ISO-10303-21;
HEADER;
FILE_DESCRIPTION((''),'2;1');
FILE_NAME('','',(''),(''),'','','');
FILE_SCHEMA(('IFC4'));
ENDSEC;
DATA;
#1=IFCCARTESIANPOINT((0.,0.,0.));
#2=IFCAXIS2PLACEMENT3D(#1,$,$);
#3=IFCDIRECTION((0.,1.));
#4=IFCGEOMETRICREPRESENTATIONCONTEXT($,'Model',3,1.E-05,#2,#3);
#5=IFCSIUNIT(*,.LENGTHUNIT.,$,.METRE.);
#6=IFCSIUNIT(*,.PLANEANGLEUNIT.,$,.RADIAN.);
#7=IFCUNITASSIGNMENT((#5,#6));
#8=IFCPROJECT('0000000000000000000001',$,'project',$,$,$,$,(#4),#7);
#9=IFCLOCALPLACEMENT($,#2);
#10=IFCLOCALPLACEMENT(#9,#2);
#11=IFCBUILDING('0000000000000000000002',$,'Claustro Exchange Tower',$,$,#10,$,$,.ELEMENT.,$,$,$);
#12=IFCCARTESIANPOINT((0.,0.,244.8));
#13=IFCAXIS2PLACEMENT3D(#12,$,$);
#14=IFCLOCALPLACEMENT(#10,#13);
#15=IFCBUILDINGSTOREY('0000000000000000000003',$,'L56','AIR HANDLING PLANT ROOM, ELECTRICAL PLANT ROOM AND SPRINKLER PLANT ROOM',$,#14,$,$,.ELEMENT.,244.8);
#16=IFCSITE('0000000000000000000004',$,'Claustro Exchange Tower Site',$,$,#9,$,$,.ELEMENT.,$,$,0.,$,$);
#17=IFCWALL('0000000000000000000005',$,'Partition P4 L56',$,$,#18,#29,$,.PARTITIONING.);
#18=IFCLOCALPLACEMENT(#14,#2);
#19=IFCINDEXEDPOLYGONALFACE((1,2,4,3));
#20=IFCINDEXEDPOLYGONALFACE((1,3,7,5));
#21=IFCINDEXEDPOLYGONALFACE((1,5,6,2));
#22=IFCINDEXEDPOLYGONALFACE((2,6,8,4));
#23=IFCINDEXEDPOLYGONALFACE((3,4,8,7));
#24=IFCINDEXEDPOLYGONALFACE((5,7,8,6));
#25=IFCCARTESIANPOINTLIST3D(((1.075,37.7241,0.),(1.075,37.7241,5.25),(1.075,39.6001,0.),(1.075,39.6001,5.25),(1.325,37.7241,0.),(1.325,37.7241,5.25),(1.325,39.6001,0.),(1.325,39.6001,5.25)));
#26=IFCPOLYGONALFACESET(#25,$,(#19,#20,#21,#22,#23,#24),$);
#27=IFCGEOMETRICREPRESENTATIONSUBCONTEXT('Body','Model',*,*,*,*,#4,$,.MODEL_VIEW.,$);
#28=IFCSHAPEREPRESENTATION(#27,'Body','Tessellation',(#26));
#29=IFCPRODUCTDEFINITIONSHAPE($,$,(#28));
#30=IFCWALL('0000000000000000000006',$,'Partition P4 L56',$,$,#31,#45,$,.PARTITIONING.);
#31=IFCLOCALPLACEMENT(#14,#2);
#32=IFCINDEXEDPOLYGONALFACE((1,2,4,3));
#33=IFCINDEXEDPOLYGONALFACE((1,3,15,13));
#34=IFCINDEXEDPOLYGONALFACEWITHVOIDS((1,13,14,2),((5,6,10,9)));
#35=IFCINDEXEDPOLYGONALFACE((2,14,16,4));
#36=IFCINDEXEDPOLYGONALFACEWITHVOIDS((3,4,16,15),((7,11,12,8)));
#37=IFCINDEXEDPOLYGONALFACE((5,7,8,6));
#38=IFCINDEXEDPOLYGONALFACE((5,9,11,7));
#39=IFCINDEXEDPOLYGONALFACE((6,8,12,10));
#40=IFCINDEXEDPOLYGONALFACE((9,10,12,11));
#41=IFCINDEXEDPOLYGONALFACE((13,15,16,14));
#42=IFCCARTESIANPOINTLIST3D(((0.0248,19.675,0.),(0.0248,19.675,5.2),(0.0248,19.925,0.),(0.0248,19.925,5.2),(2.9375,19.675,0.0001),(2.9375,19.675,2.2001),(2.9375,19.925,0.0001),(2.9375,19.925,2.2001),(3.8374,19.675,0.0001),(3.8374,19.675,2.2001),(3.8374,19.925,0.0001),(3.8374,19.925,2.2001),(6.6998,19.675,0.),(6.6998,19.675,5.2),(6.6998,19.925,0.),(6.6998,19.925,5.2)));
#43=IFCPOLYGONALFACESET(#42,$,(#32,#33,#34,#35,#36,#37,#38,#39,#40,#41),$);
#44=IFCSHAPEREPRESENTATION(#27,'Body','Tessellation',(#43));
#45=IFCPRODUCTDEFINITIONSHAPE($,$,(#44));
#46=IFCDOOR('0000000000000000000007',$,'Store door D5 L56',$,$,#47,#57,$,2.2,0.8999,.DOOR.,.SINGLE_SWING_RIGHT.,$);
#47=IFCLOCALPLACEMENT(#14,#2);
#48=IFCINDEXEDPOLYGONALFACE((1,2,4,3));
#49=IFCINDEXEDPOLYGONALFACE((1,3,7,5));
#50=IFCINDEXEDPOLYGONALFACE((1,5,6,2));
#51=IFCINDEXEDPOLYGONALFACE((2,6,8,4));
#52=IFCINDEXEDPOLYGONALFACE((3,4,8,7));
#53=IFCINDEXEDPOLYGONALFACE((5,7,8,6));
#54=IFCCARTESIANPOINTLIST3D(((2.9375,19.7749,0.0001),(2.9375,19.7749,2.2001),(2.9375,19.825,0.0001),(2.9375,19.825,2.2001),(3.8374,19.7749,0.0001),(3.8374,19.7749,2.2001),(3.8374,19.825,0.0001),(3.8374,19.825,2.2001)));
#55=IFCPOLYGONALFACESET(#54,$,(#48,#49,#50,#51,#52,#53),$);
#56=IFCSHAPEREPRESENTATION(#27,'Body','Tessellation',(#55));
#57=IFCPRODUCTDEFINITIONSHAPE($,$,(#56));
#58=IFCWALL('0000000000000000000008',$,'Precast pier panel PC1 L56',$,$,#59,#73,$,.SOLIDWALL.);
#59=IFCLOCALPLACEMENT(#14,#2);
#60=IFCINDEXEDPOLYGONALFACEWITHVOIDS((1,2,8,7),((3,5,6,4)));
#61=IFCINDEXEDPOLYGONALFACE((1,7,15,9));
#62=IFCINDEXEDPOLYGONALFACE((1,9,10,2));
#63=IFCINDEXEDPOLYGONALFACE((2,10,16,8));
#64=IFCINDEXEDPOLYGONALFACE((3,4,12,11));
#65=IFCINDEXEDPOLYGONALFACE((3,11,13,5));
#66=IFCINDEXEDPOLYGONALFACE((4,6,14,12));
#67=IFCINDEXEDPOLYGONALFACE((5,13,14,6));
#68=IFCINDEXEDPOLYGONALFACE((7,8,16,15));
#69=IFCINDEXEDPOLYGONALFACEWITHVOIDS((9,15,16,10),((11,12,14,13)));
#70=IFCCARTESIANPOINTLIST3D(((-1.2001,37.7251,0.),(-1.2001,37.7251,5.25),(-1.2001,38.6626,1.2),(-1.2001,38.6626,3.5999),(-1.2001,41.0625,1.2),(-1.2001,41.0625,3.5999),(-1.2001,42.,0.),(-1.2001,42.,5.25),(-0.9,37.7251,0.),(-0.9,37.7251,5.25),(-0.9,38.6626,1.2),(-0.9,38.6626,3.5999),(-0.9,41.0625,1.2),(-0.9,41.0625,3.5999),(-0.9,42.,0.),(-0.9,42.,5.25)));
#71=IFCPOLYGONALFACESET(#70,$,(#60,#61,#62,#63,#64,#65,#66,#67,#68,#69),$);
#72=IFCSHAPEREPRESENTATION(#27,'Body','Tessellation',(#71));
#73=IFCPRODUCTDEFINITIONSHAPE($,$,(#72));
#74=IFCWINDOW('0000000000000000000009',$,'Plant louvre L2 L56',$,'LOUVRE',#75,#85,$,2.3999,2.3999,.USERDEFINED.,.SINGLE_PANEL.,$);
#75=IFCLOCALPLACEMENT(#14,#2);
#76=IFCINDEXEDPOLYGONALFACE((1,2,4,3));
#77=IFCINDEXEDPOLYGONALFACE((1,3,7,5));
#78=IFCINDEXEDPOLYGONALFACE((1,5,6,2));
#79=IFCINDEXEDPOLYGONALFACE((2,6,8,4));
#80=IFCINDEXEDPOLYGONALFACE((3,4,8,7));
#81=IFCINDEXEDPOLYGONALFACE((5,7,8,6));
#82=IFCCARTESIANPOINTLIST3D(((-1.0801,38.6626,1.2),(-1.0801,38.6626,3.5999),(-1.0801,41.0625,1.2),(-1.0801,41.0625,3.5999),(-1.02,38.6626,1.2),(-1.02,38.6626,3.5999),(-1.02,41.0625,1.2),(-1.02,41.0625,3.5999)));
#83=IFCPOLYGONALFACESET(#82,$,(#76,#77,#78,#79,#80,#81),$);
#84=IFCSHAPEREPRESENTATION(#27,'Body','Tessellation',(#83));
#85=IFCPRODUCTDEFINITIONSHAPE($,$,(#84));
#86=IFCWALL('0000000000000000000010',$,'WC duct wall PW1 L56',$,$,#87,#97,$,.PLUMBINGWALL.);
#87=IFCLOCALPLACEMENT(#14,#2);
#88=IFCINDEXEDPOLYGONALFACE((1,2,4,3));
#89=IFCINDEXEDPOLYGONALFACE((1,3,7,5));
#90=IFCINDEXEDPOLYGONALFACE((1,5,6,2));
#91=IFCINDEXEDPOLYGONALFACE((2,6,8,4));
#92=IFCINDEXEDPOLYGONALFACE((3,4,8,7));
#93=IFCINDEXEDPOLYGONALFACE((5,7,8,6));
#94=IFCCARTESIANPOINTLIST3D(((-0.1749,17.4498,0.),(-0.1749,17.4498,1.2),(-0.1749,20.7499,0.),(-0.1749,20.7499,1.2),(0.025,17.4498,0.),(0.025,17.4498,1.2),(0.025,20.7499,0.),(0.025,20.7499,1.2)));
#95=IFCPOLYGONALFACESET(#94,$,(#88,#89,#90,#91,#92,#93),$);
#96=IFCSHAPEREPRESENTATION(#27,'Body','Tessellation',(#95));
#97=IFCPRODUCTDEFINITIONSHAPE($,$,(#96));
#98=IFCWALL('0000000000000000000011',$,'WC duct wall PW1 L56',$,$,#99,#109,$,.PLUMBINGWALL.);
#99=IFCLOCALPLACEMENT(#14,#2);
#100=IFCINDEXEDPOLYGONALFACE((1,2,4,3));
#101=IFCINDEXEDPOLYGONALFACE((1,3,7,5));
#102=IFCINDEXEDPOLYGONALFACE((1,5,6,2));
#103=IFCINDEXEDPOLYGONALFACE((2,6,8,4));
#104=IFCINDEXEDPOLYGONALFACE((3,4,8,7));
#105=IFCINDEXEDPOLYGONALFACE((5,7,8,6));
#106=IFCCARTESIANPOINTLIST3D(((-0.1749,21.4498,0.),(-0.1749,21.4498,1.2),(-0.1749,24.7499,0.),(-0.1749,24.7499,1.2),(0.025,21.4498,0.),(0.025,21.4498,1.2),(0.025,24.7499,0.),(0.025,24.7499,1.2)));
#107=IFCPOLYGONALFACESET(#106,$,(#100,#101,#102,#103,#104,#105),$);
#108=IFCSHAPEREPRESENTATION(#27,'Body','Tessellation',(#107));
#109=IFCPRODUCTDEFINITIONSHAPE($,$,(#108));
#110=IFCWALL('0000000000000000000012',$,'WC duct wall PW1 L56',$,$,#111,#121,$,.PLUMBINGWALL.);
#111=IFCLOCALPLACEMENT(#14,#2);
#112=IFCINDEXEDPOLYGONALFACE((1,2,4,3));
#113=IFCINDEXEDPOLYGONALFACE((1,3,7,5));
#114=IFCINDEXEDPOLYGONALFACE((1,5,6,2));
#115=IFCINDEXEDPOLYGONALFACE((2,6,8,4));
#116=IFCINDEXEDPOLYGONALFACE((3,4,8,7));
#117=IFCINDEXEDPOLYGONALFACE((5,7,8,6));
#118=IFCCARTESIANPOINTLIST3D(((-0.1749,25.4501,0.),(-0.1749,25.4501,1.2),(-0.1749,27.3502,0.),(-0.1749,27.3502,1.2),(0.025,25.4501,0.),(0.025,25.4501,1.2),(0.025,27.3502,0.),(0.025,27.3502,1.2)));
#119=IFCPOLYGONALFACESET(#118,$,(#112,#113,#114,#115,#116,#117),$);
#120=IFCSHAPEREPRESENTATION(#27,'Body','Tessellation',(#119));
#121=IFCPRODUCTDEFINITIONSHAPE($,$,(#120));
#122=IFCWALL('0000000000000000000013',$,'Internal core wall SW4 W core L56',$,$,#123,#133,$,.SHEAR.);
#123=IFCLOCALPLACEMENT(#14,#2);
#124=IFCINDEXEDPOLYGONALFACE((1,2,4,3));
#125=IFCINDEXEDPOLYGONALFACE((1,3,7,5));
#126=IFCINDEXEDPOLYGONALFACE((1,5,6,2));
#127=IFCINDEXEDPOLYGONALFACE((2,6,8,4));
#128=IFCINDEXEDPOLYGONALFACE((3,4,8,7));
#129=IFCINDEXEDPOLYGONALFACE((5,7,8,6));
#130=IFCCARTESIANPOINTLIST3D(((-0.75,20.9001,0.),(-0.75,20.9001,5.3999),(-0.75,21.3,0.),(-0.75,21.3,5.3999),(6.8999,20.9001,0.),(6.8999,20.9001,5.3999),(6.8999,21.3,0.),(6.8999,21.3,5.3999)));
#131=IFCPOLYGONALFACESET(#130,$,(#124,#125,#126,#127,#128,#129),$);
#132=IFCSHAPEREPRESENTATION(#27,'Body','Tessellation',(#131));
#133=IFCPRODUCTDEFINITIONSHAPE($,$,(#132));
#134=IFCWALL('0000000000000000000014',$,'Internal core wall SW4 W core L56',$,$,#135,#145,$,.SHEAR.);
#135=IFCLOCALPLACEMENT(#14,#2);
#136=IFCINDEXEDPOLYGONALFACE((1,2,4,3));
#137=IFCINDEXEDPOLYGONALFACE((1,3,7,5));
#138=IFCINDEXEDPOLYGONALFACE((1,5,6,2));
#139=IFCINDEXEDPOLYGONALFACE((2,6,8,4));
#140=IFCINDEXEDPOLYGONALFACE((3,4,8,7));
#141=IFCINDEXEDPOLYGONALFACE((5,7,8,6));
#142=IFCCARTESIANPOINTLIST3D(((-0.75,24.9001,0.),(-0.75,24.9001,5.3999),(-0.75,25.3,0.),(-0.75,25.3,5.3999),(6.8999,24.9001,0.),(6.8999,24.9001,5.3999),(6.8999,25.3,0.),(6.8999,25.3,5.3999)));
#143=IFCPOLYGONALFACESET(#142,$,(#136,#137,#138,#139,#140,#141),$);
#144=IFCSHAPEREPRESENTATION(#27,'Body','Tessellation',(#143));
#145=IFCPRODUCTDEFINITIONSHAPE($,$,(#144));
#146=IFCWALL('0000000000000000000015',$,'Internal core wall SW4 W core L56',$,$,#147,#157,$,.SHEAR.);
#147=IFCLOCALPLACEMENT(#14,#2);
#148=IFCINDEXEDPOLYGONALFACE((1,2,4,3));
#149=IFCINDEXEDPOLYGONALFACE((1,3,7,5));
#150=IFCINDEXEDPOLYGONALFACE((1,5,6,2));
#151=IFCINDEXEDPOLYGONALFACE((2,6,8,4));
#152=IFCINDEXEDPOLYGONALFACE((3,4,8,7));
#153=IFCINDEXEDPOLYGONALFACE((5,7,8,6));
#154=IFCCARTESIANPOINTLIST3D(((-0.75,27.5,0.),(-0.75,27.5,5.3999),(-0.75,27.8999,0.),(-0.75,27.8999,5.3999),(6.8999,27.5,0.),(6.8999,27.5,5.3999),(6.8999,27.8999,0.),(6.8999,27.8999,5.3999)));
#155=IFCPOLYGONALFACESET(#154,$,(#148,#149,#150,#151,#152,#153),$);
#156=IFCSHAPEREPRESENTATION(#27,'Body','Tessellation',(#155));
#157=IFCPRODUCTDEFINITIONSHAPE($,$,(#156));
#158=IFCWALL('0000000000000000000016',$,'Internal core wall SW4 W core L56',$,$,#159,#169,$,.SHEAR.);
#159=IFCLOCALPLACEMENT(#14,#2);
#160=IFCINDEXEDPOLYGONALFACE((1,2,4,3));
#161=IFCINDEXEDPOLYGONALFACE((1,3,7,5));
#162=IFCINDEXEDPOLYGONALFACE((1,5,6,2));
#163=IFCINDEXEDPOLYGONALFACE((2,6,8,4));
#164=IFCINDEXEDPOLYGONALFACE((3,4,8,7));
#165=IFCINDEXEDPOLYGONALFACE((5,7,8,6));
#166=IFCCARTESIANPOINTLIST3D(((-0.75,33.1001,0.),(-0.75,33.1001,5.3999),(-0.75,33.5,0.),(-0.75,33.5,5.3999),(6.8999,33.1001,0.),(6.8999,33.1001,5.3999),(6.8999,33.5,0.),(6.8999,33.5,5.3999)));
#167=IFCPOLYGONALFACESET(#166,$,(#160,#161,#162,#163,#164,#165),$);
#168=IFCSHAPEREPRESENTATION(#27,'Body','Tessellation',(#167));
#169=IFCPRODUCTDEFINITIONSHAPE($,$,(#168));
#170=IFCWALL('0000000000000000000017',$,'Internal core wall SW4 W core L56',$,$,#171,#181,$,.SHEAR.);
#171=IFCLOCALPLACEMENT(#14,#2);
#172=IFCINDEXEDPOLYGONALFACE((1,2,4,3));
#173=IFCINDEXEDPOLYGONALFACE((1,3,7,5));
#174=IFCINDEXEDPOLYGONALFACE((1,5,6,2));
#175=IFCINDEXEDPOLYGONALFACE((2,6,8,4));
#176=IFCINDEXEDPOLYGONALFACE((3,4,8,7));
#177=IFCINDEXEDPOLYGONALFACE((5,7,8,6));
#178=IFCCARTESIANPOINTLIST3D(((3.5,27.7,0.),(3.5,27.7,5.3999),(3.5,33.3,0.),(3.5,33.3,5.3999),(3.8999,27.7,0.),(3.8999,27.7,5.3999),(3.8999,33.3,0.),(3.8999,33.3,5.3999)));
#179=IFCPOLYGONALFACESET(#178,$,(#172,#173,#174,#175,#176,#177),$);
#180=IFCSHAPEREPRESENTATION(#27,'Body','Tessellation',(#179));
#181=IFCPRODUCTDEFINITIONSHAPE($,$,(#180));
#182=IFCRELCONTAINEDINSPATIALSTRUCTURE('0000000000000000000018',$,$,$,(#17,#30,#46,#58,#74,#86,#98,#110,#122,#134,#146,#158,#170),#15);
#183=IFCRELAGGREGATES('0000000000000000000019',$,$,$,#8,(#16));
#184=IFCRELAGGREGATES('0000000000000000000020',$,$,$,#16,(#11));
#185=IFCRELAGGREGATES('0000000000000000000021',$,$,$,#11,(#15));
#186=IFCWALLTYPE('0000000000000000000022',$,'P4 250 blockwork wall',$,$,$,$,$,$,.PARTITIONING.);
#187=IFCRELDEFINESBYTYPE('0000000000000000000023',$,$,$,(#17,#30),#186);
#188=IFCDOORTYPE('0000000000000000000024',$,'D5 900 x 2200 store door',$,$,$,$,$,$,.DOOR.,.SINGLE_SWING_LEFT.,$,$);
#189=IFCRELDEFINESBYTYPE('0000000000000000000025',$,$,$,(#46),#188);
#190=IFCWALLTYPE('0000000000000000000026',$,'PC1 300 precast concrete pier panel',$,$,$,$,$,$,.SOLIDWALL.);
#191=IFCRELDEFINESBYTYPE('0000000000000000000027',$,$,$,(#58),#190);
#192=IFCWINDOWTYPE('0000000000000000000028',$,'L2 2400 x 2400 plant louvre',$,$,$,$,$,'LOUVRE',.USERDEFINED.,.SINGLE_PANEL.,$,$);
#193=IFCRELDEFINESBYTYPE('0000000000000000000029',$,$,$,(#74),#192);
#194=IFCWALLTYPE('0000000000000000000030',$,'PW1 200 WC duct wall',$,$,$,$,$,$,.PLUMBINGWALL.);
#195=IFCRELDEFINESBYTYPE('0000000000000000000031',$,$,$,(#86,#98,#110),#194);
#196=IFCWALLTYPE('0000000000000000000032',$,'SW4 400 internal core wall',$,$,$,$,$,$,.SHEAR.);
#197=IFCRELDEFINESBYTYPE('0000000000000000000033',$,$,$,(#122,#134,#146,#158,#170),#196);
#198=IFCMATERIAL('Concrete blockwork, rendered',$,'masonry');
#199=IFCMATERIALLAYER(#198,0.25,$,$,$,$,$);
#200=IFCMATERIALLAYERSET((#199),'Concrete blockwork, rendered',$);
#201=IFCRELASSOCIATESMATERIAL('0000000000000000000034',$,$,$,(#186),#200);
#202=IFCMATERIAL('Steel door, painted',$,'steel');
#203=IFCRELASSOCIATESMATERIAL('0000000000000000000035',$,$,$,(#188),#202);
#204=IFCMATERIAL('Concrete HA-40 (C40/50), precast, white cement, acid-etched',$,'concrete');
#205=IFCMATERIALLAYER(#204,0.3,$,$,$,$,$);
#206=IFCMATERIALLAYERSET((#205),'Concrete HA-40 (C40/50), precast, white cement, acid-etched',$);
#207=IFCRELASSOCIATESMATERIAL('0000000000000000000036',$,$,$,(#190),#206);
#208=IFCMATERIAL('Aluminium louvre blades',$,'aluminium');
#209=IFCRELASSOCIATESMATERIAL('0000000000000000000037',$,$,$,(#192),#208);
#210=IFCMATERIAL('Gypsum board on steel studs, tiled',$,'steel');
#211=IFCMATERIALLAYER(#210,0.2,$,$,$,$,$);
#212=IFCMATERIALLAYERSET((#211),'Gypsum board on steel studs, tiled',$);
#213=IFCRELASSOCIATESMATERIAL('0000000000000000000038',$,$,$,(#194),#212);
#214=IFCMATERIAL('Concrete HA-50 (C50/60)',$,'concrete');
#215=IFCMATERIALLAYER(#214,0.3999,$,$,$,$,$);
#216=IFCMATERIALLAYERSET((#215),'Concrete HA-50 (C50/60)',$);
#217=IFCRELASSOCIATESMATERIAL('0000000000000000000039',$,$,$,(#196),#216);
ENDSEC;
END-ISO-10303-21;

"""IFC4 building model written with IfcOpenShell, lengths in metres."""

from ifc_helpers import new_model, si_unit, direction, frame, frame_2d, origin, place, context, subcontext, project, spatial, rectangle, extrude, material, layer, layer_set, type_object, element, fill, save


model = new_model("IFC4")

# Units and contexts
model_context = context("Model", 3, precision=1e-05, world=origin(), true_north=direction((0.0, 1.0)))
body_context = subcontext(model_context, "Body", "Model", "MODEL_VIEW")
ifc_project = project(units=[si_unit("LENGTHUNIT", "METRE"), si_unit("PLANEANGLEUNIT", "RADIAN")], contexts=[model_context])

# Site, building, storey
site_placement = place(None, origin())
site = spatial("IfcSite", under=ifc_project, at=site_placement, Name="Claustro Exchange Tower Site", CompositionType="ELEMENT", RefElevation=0.0)
building_placement = place(site_placement, origin())
building = spatial("IfcBuilding", under=site, at=building_placement, Name="Claustro Exchange Tower", CompositionType="ELEMENT")
storey_placement = place(building_placement, frame((0.0, 0.0, 244.8)))
storey = spatial("IfcBuildingStorey", under=building, at=storey_placement, Name="L56", Description="AIR HANDLING PLANT ROOM, ELECTRICAL PLANT ROOM AND SPRINKLER PLANT ROOM", CompositionType="ELEMENT", Elevation=244.8)

# Wall
ifc_material_1 = material(Name="Concrete blockwork, rendered", Category="masonry")
ifc_layer_1 = layer(ifc_material_1, 0.25)
ifc_layer_set_1 = layer_set([ifc_layer_1], Name="Concrete blockwork, rendered")
wall_type_1 = type_object("IfcWallType", Name="P4 250 blockwork wall", PredefinedType="PARTITIONING", material=ifc_layer_set_1)
wall_1_placement = place(storey_placement, frame((1.2, 37.7241, 0.0), z_axis=(0.0, 0.0, 1.0), x_axis=(0.0, 1.0, 0.0)))
element("IfcWall", 1, at=wall_1_placement, inside=storey, type_object=wall_type_1, Name="Partition P4 L56", PredefinedType="PARTITIONING", context=body_context, shape_type="SweptSolid", body=[
    extrude(rectangle(XDim=1.876, YDim=0.25, at=frame_2d((0.938, 0.0))), origin(), (0.0, 0.0, 1.0), 5.25),
])

# Wall, opening, door
wall_2_placement = place(storey_placement, frame((0.0249, 19.8, 0.0), z_axis=(0.0, 0.0, 1.0), x_axis=(1.0, 0.0, 0.0)))
wall_2 = element("IfcWall", 2, at=wall_2_placement, inside=storey, type_object=wall_type_1, Name="Partition P4 L56", PredefinedType="PARTITIONING", context=body_context, shape_type="SweptSolid", body=[
    extrude(rectangle(XDim=6.675, YDim=0.25, at=frame_2d((3.3374, 0.0))), origin(), (0.0, 0.0, 1.0), 5.2),
])
opening_1_placement = place(wall_2_placement, frame((2.9126, 0.0, 0.0)))
opening_1 = element("IfcOpeningElement", 3, at=opening_1_placement, cuts=wall_2, PredefinedType="OPENING", context=body_context, shape_type="SweptSolid", body=[
    extrude(rectangle(XDim=0.8999, YDim=2.2, at=frame_2d((0.45, 1.1001))), frame((0.0, 0.135, 0.0), z_axis=(0.0, -1.0, 0.0), x_axis=(1.0, 0.0, 0.0)), (0.0, 0.0, 1.0), 0.27),
])
ifc_material_2 = material(Name="Steel door, painted", Category="steel")
door_type_1 = type_object("IfcDoorType", Name="D5 900 x 2200 store door", OperationType="SINGLE_SWING_LEFT", PredefinedType="DOOR", material=ifc_material_2)
door_1_placement = place(opening_1_placement, origin())
door_1 = element("IfcDoor", 4, at=door_1_placement, inside=storey, type_object=door_type_1, Name="Store door D5 L56", OperationType="SINGLE_SWING_RIGHT", OverallHeight=2.2, OverallWidth=0.8999, PredefinedType="DOOR", context=body_context, shape_type="SweptSolid", body=[
    extrude(rectangle(XDim=0.8999, YDim=2.2, at=frame_2d((0.45, 1.1001))), frame((0.0, 0.0249, 0.0), z_axis=(0.0, -1.0, 0.0), x_axis=(1.0, 0.0, 0.0)), (0.0, 0.0, 1.0), 0.05),
])
fill(opening_1, door_1)

# Wall, opening, window
ifc_material_3 = material(Name="Concrete HA-40 (C40/50), precast, white cement, acid-etched", Category="concrete")
ifc_layer_2 = layer(ifc_material_3, 0.3)
ifc_layer_set_2 = layer_set([ifc_layer_2], Name="Concrete HA-40 (C40/50), precast, white cement, acid-etched")
wall_type_2 = type_object("IfcWallType", Name="PC1 300 precast concrete pier panel", PredefinedType="SOLIDWALL", material=ifc_layer_set_2)
wall_3_placement = place(storey_placement, frame((-1.05, 37.7251, 0.0), z_axis=(0.0, 0.0, 1.0), x_axis=(0.0, 1.0, 0.0)))
wall_3 = element("IfcWall", 5, at=wall_3_placement, inside=storey, type_object=wall_type_2, Name="Precast pier panel PC1 L56", PredefinedType="SOLIDWALL", context=body_context, shape_type="SweptSolid", body=[
    extrude(rectangle(XDim=4.2749, YDim=0.3, at=frame_2d((2.1375, 0.0))), origin(), (0.0, 0.0, 1.0), 5.25),
])
opening_2_placement = place(wall_3_placement, frame((0.9375, 0.0, 1.2)))
opening_2 = element("IfcOpeningElement", 6, at=opening_2_placement, cuts=wall_3, PredefinedType="OPENING", context=body_context, shape_type="SweptSolid", body=[
    extrude(rectangle(XDim=2.3999, YDim=2.3999, at=frame_2d((1.2, 1.2))), frame((0.0, 0.1599, 0.0), z_axis=(0.0, -1.0, 0.0), x_axis=(1.0, 0.0, 0.0)), (0.0, 0.0, 1.0), 0.3201),
])
ifc_material_4 = material(Name="Aluminium louvre blades", Category="aluminium")
window_type = type_object("IfcWindowType", Name="L2 2400 x 2400 plant louvre", ElementType="LOUVRE", PartitioningType="SINGLE_PANEL", PredefinedType="USERDEFINED", material=ifc_material_4)
window_placement = place(opening_2_placement, origin())
window = element("IfcWindow", 7, at=window_placement, inside=storey, type_object=window_type, Name="Plant louvre L2 L56", ObjectType="LOUVRE", OverallHeight=2.3999, OverallWidth=2.3999, PartitioningType="SINGLE_PANEL", PredefinedType="USERDEFINED", context=body_context, shape_type="SweptSolid", body=[
    extrude(rectangle(XDim=2.3999, YDim=2.3999, at=frame_2d((1.2, 1.2))), frame((0.0, 0.03, 0.0), z_axis=(0.0, -1.0, 0.0), x_axis=(1.0, 0.0, 0.0)), (0.0, 0.0, 1.0), 0.0601),
])
fill(opening_2, window)

# Walls
ifc_material_5 = material(Name="Gypsum board on steel studs, tiled", Category="steel")
ifc_layer_3 = layer(ifc_material_5, 0.2)
ifc_layer_set_3 = layer_set([ifc_layer_3], Name="Gypsum board on steel studs, tiled")
wall_type_3 = type_object("IfcWallType", Name="PW1 200 WC duct wall", PredefinedType="PLUMBINGWALL", material=ifc_layer_set_3)
for number, where, z_axis, x_axis, name in (
    (8, (-0.075, 17.45, 0.0), (0.0, 0.0, 1.0), (0.0, 1.0, 0.0), "WC duct wall PW1 L56"),
    (9, (-0.075, 21.45, 0.0), (0.0, 0.0, 1.0), (0.0, 1.0, 0.0), "WC duct wall PW1 L56"),
):
    element("IfcWall", number, at=place(storey_placement, frame(where, z_axis=z_axis, x_axis=x_axis)), inside=storey, type_object=wall_type_3, Name=name, PredefinedType="PLUMBINGWALL", context=body_context, shape_type="SweptSolid", body=[
        extrude(rectangle(XDim=3.3, YDim=0.2, at=frame_2d((1.6499, 0.0))), origin(), (0.0, 0.0, 1.0), 1.2),
    ])
wall_4_placement = place(storey_placement, frame((-0.075, 25.45, 0.0), z_axis=(0.0, 0.0, 1.0), x_axis=(0.0, 1.0, 0.0)))
element("IfcWall", 10, at=wall_4_placement, inside=storey, type_object=wall_type_3, Name="WC duct wall PW1 L56", PredefinedType="PLUMBINGWALL", context=body_context, shape_type="SweptSolid", body=[
    extrude(rectangle(XDim=1.9001, YDim=0.2, at=frame_2d((0.9502, 0.0))), origin(), (0.0, 0.0, 1.0), 1.2),
])

# Walls
ifc_material_6 = material(Name="Concrete HA-50 (C50/60)", Category="concrete")
ifc_layer_4 = layer(ifc_material_6, 0.3999)
ifc_layer_set_4 = layer_set([ifc_layer_4], Name="Concrete HA-50 (C50/60)")
wall_type_4 = type_object("IfcWallType", Name="SW4 400 internal core wall", PredefinedType="SHEAR", material=ifc_layer_set_4)
for number, where, z_axis, x_axis, name in (
    (11, (-0.75, 21.1001, 0.0), (0.0, 0.0, 1.0), (1.0, 0.0, 0.0), "Internal core wall SW4 W core L56"),
    (12, (-0.75, 25.1001, 0.0), (0.0, 0.0, 1.0), (1.0, 0.0, 0.0), "Internal core wall SW4 W core L56"),
    (13, (-0.75, 27.7, 0.0), (0.0, 0.0, 1.0), (1.0, 0.0, 0.0), "Internal core wall SW4 W core L56"),
    (14, (-0.75, 33.3, 0.0), (0.0, 0.0, 1.0), (1.0, 0.0, 0.0), "Internal core wall SW4 W core L56"),
):
    element("IfcWall", number, at=place(storey_placement, frame(where, z_axis=z_axis, x_axis=x_axis)), inside=storey, type_object=wall_type_4, Name=name, PredefinedType="SHEAR", context=body_context, shape_type="SweptSolid", body=[
        extrude(rectangle(XDim=7.6499, YDim=0.3999, at=frame_2d((3.825, 0.0))), origin(), (0.0, 0.0, 1.0), 5.3999),
    ])
wall_5_placement = place(storey_placement, frame((3.7, 27.7, 0.0), z_axis=(0.0, 0.0, 1.0), x_axis=(0.0, 1.0, 0.0)))
element("IfcWall", 15, at=wall_5_placement, inside=storey, type_object=wall_type_4, Name="Internal core wall SW4 W core L56", PredefinedType="SHEAR", context=body_context, shape_type="SweptSolid", body=[
    extrude(rectangle(XDim=5.6001, YDim=0.3999, at=frame_2d((2.8, 0.0))), origin(), (0.0, 0.0, 1.0), 5.3999),
])

save(model, "model.ifc")
